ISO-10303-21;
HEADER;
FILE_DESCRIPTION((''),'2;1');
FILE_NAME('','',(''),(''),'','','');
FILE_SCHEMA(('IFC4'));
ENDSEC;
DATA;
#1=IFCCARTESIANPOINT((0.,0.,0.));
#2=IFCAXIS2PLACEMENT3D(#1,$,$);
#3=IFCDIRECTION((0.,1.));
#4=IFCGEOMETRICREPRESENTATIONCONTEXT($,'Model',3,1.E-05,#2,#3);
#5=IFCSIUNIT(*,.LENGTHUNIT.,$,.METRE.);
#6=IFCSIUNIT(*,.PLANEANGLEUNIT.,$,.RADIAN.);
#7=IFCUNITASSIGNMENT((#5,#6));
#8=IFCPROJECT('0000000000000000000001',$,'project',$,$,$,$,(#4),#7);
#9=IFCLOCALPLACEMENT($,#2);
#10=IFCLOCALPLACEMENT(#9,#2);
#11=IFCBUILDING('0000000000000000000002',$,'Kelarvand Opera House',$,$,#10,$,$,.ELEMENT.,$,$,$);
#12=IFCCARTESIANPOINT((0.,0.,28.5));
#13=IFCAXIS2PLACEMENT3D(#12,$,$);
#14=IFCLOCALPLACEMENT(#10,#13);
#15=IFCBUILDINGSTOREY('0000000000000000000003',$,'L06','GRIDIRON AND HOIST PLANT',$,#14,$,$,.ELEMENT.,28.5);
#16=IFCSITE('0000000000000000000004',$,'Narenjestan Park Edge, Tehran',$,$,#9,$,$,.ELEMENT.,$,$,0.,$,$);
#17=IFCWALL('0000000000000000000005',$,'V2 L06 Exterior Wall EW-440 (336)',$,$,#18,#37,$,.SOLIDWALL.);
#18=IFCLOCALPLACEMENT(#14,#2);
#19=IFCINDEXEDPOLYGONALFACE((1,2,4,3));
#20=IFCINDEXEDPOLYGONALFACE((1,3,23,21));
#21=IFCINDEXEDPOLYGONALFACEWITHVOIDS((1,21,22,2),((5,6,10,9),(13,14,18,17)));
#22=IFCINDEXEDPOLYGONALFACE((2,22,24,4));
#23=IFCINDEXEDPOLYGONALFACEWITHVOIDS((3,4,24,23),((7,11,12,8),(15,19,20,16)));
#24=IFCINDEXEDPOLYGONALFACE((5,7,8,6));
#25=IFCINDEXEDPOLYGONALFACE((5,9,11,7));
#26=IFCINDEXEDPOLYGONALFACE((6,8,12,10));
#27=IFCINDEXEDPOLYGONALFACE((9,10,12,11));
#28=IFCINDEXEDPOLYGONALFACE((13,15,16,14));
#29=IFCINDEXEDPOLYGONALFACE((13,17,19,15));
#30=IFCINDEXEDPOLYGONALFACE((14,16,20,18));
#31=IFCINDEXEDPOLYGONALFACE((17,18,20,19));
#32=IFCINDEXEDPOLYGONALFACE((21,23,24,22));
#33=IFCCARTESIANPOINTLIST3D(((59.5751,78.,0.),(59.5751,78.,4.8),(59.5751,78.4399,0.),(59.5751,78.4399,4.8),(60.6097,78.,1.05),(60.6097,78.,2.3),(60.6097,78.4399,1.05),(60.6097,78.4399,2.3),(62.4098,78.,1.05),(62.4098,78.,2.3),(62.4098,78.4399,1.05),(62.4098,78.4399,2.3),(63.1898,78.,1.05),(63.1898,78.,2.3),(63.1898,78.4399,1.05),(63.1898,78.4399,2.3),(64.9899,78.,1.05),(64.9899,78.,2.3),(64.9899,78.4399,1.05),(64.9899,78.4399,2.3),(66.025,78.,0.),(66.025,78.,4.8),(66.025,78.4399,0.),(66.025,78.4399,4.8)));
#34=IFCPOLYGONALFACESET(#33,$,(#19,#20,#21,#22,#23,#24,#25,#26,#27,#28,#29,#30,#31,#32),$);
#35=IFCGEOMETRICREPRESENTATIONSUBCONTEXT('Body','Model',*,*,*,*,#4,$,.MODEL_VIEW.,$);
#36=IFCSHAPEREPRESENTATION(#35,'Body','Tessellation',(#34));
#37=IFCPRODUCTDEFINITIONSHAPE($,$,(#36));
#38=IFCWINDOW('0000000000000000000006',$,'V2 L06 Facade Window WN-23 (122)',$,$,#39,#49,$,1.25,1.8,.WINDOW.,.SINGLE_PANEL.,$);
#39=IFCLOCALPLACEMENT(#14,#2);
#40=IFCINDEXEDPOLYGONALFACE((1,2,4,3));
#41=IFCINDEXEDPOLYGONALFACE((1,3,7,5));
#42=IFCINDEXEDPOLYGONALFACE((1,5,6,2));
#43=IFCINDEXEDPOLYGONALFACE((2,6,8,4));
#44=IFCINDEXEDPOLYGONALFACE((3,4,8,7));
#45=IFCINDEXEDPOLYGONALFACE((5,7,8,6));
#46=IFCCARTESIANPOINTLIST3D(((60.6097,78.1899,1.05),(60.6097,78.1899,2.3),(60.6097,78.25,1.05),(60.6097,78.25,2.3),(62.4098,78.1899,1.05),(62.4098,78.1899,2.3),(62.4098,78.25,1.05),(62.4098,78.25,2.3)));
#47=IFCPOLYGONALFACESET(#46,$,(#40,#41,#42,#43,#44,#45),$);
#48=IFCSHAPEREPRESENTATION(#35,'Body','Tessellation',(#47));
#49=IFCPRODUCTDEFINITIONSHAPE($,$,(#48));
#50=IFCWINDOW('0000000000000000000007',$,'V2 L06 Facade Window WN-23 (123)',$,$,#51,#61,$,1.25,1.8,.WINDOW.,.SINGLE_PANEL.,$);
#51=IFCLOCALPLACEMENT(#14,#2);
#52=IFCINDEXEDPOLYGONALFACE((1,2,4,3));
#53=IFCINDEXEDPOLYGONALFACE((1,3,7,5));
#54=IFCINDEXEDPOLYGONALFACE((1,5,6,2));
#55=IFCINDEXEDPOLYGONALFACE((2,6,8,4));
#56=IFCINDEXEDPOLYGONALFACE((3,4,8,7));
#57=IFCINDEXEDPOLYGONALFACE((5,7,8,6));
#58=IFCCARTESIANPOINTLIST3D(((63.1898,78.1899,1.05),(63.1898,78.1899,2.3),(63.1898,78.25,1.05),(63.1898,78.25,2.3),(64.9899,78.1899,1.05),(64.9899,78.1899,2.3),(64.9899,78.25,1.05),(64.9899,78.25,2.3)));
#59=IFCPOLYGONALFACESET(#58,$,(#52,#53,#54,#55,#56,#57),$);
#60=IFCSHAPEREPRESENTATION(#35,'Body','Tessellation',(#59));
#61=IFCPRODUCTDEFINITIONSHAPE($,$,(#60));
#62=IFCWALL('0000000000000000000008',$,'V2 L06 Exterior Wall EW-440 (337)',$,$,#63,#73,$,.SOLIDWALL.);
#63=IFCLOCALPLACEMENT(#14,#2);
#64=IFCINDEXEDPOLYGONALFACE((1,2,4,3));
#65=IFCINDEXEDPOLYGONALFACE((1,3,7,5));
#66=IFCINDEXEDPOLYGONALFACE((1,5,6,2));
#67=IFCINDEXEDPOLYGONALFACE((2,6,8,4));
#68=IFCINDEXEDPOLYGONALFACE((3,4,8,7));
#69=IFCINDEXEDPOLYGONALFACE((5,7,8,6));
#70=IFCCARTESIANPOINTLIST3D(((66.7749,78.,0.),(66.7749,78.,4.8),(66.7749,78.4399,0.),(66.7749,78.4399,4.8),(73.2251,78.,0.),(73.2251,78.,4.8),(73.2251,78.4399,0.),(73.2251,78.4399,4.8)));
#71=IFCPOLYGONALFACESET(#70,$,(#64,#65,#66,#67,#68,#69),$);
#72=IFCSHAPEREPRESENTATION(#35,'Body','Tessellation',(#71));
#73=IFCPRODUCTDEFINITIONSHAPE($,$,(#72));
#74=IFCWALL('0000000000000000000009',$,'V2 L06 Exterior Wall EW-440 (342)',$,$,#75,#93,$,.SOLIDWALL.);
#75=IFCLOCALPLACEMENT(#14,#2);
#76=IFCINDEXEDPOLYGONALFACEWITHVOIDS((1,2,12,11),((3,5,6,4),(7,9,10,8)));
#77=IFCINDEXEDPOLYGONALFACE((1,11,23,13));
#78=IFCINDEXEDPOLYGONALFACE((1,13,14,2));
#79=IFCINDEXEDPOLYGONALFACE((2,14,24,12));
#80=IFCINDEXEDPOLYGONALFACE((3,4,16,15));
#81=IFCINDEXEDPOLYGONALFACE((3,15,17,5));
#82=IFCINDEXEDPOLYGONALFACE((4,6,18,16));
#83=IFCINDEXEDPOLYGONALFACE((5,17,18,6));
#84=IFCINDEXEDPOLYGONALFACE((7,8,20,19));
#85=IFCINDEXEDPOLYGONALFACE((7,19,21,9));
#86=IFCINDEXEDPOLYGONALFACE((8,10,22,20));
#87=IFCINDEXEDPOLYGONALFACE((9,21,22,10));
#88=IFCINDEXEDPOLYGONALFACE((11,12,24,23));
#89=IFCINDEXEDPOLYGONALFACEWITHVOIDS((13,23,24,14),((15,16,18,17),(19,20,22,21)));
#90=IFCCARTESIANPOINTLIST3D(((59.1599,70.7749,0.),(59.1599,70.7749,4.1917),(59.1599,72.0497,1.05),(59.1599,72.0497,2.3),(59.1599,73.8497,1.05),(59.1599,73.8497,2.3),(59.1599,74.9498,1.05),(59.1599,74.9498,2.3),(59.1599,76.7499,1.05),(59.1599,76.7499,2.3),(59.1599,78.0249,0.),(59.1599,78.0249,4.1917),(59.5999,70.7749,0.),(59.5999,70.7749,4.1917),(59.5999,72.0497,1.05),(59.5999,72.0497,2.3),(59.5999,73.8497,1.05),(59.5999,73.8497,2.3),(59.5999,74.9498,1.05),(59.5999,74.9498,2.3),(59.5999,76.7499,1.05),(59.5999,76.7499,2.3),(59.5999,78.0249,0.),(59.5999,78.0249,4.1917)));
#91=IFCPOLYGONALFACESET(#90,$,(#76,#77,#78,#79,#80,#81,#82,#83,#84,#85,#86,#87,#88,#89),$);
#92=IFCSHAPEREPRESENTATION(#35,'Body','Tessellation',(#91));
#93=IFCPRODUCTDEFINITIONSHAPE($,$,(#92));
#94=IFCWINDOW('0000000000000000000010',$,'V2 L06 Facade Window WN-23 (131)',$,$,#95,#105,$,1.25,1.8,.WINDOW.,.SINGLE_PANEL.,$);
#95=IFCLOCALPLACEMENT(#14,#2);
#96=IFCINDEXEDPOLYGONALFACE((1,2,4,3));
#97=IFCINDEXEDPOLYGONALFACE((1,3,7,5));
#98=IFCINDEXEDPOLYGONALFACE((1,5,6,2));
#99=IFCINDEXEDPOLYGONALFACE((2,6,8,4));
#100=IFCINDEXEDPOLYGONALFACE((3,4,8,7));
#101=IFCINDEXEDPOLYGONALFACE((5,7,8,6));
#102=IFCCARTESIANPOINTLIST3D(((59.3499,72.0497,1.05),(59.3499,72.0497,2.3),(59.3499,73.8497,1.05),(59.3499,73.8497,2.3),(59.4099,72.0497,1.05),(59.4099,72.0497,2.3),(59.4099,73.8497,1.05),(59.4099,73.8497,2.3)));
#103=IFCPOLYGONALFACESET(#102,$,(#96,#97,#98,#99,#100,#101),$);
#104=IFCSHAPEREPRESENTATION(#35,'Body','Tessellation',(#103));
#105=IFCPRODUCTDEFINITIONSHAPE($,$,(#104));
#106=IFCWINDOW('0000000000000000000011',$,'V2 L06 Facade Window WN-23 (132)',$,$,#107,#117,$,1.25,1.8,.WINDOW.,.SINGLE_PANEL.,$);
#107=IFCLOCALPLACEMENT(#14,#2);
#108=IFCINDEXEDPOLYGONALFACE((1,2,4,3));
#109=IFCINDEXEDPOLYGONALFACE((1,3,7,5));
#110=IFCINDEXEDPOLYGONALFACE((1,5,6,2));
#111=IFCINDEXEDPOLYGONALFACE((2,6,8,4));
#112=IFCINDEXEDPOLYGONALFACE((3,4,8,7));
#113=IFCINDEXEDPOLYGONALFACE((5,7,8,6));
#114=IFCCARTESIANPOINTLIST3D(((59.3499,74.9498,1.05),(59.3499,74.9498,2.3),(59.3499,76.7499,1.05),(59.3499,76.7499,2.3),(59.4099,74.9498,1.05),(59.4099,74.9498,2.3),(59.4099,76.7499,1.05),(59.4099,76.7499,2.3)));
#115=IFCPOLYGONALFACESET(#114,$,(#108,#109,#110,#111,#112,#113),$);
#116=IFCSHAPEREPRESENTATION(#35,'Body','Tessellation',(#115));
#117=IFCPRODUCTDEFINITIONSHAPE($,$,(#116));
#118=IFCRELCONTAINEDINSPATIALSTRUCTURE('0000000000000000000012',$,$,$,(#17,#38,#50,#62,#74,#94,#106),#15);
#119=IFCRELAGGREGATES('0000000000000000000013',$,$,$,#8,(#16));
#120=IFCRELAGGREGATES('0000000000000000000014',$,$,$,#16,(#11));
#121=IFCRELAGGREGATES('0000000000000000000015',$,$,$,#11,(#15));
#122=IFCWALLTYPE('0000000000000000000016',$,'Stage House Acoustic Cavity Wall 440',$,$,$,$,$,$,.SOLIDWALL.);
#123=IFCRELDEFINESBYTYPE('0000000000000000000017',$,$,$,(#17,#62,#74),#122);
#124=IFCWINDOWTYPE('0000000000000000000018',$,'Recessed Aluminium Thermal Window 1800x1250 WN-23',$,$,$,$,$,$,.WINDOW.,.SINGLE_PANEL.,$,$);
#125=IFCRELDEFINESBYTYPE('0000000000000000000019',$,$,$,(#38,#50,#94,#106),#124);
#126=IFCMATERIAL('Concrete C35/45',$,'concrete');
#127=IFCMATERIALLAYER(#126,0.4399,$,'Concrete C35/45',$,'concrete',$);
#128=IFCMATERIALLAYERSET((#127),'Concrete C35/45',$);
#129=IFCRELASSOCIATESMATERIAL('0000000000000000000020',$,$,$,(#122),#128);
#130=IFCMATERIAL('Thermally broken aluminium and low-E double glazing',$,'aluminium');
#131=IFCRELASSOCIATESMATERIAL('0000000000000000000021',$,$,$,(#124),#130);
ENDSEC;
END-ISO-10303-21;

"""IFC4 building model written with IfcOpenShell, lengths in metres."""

from ifc_helpers import new_model, si_unit, direction, frame, frame_2d, origin, place, context, subcontext, project, spatial, rectangle, extrude, material, layer, layer_set, type_object, element, fill, save


model = new_model("IFC4")

# Units and contexts
model_context = context("Model", 3, precision=1e-05, world=origin(), true_north=direction((0.0, 1.0)))
body_context = subcontext(model_context, "Body", "Model", "MODEL_VIEW")
ifc_project = project(units=[si_unit("LENGTHUNIT", "METRE"), si_unit("PLANEANGLEUNIT", "RADIAN")], contexts=[model_context])

# Site, building, storey
site_placement = place(None, origin())
site = spatial("IfcSite", under=ifc_project, at=site_placement, Name="Narenjestan Park Edge, Tehran", CompositionType="ELEMENT", RefElevation=0.0)
building_placement = place(site_placement, origin())
building = spatial("IfcBuilding", under=site, at=building_placement, Name="Kelarvand Opera House", CompositionType="ELEMENT")
storey_placement = place(building_placement, frame((0.0, 0.0, 28.5)))
storey = spatial("IfcBuildingStorey", under=building, at=storey_placement, Name="L06", Description="GRIDIRON AND HOIST PLANT", CompositionType="ELEMENT", Elevation=28.5)

# Shared definitions
ifc_material_1 = material(Name="Concrete C35/45", Category="concrete")

# Wall, openings, windows
ifc_layer_1 = layer(ifc_material_1, 0.4399, Name="Concrete C35/45", Category="concrete")
ifc_layer_set_1 = layer_set([ifc_layer_1], Name="Concrete C35/45")
wall_type_1 = type_object("IfcWallType", Name="Stage House Acoustic Cavity Wall 440", PredefinedType="SOLIDWALL", material=ifc_layer_set_1)
wall_1_placement = place(storey_placement, frame((59.575, 78.22, 0.0), z_axis=(0.0, 0.0, 1.0), x_axis=(1.0, 0.0, 0.0)))
wall_1 = element("IfcWall", 1, at=wall_1_placement, inside=storey, type_object=wall_type_1, Name="V2 L06 Exterior Wall EW-440 (336)", PredefinedType="SOLIDWALL", context=body_context, shape_type="SweptSolid", body=[
    extrude(rectangle(XDim=6.45, YDim=0.4399, at=frame_2d((3.2251, 0.0))), origin(), (0.0, 0.0, 1.0), 4.8),
])
opening_1_placement = place(wall_1_placement, frame((1.0349, 0.0, 1.05)))
opening_1 = element("IfcOpeningElement", 2, at=opening_1_placement, cuts=wall_1, PredefinedType="OPENING", context=body_context, shape_type="SweptSolid", body=[
    extrude(rectangle(XDim=1.8, YDim=1.25, at=frame_2d((0.8999, 0.625))), frame((0.0, 0.23, 0.0), z_axis=(0.0, -1.0, 0.0), x_axis=(1.0, 0.0, 0.0)), (0.0, 0.0, 1.0), 0.46),
])
opening_2_placement = place(wall_1_placement, frame((3.615, 0.0, 1.05)))
opening_2 = element("IfcOpeningElement", 3, at=opening_2_placement, cuts=wall_1, PredefinedType="OPENING", context=body_context, shape_type="SweptSolid", body=[
    extrude(rectangle(XDim=1.8, YDim=1.25, at=frame_2d((0.8999, 0.625))), frame((0.0, 0.23, 0.0), z_axis=(0.0, -1.0, 0.0), x_axis=(1.0, 0.0, 0.0)), (0.0, 0.0, 1.0), 0.46),
])
ifc_material_2 = material(Name="Thermally broken aluminium and low-E double glazing", Category="aluminium")
window_type = type_object("IfcWindowType", Name="Recessed Aluminium Thermal Window 1800x1250 WN-23", PartitioningType="SINGLE_PANEL", PredefinedType="WINDOW", material=ifc_material_2)
window_1_placement = place(opening_1_placement, origin())
window_1 = element("IfcWindow", 4, at=window_1_placement, inside=storey, type_object=window_type, Name="V2 L06 Facade Window WN-23 (122)", OverallHeight=1.25, OverallWidth=1.8, PartitioningType="SINGLE_PANEL", PredefinedType="WINDOW", context=body_context, shape_type="SweptSolid", body=[
    extrude(rectangle(XDim=1.8, YDim=1.25, at=frame_2d((0.8999, 0.625))), frame((0.0, 0.03, 0.0), z_axis=(0.0, -1.0, 0.0), x_axis=(1.0, 0.0, 0.0)), (0.0, 0.0, 1.0), 0.0601),
])
fill(opening_1, window_1)
window_2_placement = place(opening_2_placement, origin())
window_2 = element("IfcWindow", 5, at=window_2_placement, inside=storey, type_object=window_type, Name="V2 L06 Facade Window WN-23 (123)", OverallHeight=1.25, OverallWidth=1.8, PartitioningType="SINGLE_PANEL", PredefinedType="WINDOW", context=body_context, shape_type="SweptSolid", body=[
    extrude(rectangle(XDim=1.8, YDim=1.25, at=frame_2d((0.8999, 0.625))), frame((0.0, 0.03, 0.0), z_axis=(0.0, -1.0, 0.0), x_axis=(1.0, 0.0, 0.0)), (0.0, 0.0, 1.0), 0.0601),
])
fill(opening_2, window_2)

# Wall
wall_2_placement = place(storey_placement, frame((66.7749, 78.22, 0.0), z_axis=(0.0, 0.0, 1.0), x_axis=(1.0, 0.0, 0.0)))
element("IfcWall", 6, at=wall_2_placement, inside=storey, type_object=wall_type_1, Name="V2 L06 Exterior Wall EW-440 (337)", PredefinedType="SOLIDWALL", context=body_context, shape_type="SweptSolid", body=[
    extrude(rectangle(XDim=6.4502, YDim=0.4399, at=frame_2d((3.2251, 0.0))), origin(), (0.0, 0.0, 1.0), 4.8),
])

# Wall, openings, windows
wall_3_placement = place(storey_placement, frame((59.3799, 70.7749, 0.0), z_axis=(0.0, 0.0, 1.0), x_axis=(0.0, 1.0, 0.0)))
wall_3 = element("IfcWall", 7, at=wall_3_placement, inside=storey, type_object=wall_type_1, Name="V2 L06 Exterior Wall EW-440 (342)", PredefinedType="SOLIDWALL", context=body_context, shape_type="SweptSolid", body=[
    extrude(rectangle(XDim=7.25, YDim=0.4399, at=frame_2d((3.625, 0.0))), origin(), (0.0, 0.0, 1.0), 4.1917),
])
opening_3_placement = place(wall_3_placement, frame((1.2749, 0.0, 1.05)))
opening_3 = element("IfcOpeningElement", 8, at=opening_3_placement, cuts=wall_3, PredefinedType="OPENING", context=body_context, shape_type="SweptSolid", body=[
    extrude(rectangle(XDim=1.8, YDim=1.25, at=frame_2d((0.8999, 0.625))), frame((0.0, 0.23, 0.0), z_axis=(0.0, -1.0, 0.0), x_axis=(1.0, 0.0, 0.0)), (0.0, 0.0, 1.0), 0.46),
])
opening_4_placement = place(wall_3_placement, frame((4.175, 0.0, 1.05)))
opening_4 = element("IfcOpeningElement", 9, at=opening_4_placement, cuts=wall_3, PredefinedType="OPENING", context=body_context, shape_type="SweptSolid", body=[
    extrude(rectangle(XDim=1.8, YDim=1.25, at=frame_2d((0.8999, 0.625))), frame((0.0, 0.23, 0.0), z_axis=(0.0, -1.0, 0.0), x_axis=(1.0, 0.0, 0.0)), (0.0, 0.0, 1.0), 0.46),
])
window_3_placement = place(opening_3_placement, origin())
window_3 = element("IfcWindow", 10, at=window_3_placement, inside=storey, type_object=window_type, Name="V2 L06 Facade Window WN-23 (131)", OverallHeight=1.25, OverallWidth=1.8, PartitioningType="SINGLE_PANEL", PredefinedType="WINDOW", context=body_context, shape_type="SweptSolid", body=[
    extrude(rectangle(XDim=1.8, YDim=1.25, at=frame_2d((0.8999, 0.625))), frame((0.0, 0.03, 0.0), z_axis=(0.0, -1.0, 0.0), x_axis=(1.0, 0.0, 0.0)), (0.0, 0.0, 1.0), 0.0601),
])
fill(opening_3, window_3)
window_4_placement = place(opening_4_placement, origin())
window_4 = element("IfcWindow", 11, at=window_4_placement, inside=storey, type_object=window_type, Name="V2 L06 Facade Window WN-23 (132)", OverallHeight=1.25, OverallWidth=1.8, PartitioningType="SINGLE_PANEL", PredefinedType="WINDOW", context=body_context, shape_type="SweptSolid", body=[
    extrude(rectangle(XDim=1.8, YDim=1.25, at=frame_2d((0.8999, 0.625))), frame((0.0, 0.03, 0.0), z_axis=(0.0, -1.0, 0.0), x_axis=(1.0, 0.0, 0.0)), (0.0, 0.0, 1.0), 0.0601),
])
fill(opening_4, window_4)

save(model, "model.ifc")
